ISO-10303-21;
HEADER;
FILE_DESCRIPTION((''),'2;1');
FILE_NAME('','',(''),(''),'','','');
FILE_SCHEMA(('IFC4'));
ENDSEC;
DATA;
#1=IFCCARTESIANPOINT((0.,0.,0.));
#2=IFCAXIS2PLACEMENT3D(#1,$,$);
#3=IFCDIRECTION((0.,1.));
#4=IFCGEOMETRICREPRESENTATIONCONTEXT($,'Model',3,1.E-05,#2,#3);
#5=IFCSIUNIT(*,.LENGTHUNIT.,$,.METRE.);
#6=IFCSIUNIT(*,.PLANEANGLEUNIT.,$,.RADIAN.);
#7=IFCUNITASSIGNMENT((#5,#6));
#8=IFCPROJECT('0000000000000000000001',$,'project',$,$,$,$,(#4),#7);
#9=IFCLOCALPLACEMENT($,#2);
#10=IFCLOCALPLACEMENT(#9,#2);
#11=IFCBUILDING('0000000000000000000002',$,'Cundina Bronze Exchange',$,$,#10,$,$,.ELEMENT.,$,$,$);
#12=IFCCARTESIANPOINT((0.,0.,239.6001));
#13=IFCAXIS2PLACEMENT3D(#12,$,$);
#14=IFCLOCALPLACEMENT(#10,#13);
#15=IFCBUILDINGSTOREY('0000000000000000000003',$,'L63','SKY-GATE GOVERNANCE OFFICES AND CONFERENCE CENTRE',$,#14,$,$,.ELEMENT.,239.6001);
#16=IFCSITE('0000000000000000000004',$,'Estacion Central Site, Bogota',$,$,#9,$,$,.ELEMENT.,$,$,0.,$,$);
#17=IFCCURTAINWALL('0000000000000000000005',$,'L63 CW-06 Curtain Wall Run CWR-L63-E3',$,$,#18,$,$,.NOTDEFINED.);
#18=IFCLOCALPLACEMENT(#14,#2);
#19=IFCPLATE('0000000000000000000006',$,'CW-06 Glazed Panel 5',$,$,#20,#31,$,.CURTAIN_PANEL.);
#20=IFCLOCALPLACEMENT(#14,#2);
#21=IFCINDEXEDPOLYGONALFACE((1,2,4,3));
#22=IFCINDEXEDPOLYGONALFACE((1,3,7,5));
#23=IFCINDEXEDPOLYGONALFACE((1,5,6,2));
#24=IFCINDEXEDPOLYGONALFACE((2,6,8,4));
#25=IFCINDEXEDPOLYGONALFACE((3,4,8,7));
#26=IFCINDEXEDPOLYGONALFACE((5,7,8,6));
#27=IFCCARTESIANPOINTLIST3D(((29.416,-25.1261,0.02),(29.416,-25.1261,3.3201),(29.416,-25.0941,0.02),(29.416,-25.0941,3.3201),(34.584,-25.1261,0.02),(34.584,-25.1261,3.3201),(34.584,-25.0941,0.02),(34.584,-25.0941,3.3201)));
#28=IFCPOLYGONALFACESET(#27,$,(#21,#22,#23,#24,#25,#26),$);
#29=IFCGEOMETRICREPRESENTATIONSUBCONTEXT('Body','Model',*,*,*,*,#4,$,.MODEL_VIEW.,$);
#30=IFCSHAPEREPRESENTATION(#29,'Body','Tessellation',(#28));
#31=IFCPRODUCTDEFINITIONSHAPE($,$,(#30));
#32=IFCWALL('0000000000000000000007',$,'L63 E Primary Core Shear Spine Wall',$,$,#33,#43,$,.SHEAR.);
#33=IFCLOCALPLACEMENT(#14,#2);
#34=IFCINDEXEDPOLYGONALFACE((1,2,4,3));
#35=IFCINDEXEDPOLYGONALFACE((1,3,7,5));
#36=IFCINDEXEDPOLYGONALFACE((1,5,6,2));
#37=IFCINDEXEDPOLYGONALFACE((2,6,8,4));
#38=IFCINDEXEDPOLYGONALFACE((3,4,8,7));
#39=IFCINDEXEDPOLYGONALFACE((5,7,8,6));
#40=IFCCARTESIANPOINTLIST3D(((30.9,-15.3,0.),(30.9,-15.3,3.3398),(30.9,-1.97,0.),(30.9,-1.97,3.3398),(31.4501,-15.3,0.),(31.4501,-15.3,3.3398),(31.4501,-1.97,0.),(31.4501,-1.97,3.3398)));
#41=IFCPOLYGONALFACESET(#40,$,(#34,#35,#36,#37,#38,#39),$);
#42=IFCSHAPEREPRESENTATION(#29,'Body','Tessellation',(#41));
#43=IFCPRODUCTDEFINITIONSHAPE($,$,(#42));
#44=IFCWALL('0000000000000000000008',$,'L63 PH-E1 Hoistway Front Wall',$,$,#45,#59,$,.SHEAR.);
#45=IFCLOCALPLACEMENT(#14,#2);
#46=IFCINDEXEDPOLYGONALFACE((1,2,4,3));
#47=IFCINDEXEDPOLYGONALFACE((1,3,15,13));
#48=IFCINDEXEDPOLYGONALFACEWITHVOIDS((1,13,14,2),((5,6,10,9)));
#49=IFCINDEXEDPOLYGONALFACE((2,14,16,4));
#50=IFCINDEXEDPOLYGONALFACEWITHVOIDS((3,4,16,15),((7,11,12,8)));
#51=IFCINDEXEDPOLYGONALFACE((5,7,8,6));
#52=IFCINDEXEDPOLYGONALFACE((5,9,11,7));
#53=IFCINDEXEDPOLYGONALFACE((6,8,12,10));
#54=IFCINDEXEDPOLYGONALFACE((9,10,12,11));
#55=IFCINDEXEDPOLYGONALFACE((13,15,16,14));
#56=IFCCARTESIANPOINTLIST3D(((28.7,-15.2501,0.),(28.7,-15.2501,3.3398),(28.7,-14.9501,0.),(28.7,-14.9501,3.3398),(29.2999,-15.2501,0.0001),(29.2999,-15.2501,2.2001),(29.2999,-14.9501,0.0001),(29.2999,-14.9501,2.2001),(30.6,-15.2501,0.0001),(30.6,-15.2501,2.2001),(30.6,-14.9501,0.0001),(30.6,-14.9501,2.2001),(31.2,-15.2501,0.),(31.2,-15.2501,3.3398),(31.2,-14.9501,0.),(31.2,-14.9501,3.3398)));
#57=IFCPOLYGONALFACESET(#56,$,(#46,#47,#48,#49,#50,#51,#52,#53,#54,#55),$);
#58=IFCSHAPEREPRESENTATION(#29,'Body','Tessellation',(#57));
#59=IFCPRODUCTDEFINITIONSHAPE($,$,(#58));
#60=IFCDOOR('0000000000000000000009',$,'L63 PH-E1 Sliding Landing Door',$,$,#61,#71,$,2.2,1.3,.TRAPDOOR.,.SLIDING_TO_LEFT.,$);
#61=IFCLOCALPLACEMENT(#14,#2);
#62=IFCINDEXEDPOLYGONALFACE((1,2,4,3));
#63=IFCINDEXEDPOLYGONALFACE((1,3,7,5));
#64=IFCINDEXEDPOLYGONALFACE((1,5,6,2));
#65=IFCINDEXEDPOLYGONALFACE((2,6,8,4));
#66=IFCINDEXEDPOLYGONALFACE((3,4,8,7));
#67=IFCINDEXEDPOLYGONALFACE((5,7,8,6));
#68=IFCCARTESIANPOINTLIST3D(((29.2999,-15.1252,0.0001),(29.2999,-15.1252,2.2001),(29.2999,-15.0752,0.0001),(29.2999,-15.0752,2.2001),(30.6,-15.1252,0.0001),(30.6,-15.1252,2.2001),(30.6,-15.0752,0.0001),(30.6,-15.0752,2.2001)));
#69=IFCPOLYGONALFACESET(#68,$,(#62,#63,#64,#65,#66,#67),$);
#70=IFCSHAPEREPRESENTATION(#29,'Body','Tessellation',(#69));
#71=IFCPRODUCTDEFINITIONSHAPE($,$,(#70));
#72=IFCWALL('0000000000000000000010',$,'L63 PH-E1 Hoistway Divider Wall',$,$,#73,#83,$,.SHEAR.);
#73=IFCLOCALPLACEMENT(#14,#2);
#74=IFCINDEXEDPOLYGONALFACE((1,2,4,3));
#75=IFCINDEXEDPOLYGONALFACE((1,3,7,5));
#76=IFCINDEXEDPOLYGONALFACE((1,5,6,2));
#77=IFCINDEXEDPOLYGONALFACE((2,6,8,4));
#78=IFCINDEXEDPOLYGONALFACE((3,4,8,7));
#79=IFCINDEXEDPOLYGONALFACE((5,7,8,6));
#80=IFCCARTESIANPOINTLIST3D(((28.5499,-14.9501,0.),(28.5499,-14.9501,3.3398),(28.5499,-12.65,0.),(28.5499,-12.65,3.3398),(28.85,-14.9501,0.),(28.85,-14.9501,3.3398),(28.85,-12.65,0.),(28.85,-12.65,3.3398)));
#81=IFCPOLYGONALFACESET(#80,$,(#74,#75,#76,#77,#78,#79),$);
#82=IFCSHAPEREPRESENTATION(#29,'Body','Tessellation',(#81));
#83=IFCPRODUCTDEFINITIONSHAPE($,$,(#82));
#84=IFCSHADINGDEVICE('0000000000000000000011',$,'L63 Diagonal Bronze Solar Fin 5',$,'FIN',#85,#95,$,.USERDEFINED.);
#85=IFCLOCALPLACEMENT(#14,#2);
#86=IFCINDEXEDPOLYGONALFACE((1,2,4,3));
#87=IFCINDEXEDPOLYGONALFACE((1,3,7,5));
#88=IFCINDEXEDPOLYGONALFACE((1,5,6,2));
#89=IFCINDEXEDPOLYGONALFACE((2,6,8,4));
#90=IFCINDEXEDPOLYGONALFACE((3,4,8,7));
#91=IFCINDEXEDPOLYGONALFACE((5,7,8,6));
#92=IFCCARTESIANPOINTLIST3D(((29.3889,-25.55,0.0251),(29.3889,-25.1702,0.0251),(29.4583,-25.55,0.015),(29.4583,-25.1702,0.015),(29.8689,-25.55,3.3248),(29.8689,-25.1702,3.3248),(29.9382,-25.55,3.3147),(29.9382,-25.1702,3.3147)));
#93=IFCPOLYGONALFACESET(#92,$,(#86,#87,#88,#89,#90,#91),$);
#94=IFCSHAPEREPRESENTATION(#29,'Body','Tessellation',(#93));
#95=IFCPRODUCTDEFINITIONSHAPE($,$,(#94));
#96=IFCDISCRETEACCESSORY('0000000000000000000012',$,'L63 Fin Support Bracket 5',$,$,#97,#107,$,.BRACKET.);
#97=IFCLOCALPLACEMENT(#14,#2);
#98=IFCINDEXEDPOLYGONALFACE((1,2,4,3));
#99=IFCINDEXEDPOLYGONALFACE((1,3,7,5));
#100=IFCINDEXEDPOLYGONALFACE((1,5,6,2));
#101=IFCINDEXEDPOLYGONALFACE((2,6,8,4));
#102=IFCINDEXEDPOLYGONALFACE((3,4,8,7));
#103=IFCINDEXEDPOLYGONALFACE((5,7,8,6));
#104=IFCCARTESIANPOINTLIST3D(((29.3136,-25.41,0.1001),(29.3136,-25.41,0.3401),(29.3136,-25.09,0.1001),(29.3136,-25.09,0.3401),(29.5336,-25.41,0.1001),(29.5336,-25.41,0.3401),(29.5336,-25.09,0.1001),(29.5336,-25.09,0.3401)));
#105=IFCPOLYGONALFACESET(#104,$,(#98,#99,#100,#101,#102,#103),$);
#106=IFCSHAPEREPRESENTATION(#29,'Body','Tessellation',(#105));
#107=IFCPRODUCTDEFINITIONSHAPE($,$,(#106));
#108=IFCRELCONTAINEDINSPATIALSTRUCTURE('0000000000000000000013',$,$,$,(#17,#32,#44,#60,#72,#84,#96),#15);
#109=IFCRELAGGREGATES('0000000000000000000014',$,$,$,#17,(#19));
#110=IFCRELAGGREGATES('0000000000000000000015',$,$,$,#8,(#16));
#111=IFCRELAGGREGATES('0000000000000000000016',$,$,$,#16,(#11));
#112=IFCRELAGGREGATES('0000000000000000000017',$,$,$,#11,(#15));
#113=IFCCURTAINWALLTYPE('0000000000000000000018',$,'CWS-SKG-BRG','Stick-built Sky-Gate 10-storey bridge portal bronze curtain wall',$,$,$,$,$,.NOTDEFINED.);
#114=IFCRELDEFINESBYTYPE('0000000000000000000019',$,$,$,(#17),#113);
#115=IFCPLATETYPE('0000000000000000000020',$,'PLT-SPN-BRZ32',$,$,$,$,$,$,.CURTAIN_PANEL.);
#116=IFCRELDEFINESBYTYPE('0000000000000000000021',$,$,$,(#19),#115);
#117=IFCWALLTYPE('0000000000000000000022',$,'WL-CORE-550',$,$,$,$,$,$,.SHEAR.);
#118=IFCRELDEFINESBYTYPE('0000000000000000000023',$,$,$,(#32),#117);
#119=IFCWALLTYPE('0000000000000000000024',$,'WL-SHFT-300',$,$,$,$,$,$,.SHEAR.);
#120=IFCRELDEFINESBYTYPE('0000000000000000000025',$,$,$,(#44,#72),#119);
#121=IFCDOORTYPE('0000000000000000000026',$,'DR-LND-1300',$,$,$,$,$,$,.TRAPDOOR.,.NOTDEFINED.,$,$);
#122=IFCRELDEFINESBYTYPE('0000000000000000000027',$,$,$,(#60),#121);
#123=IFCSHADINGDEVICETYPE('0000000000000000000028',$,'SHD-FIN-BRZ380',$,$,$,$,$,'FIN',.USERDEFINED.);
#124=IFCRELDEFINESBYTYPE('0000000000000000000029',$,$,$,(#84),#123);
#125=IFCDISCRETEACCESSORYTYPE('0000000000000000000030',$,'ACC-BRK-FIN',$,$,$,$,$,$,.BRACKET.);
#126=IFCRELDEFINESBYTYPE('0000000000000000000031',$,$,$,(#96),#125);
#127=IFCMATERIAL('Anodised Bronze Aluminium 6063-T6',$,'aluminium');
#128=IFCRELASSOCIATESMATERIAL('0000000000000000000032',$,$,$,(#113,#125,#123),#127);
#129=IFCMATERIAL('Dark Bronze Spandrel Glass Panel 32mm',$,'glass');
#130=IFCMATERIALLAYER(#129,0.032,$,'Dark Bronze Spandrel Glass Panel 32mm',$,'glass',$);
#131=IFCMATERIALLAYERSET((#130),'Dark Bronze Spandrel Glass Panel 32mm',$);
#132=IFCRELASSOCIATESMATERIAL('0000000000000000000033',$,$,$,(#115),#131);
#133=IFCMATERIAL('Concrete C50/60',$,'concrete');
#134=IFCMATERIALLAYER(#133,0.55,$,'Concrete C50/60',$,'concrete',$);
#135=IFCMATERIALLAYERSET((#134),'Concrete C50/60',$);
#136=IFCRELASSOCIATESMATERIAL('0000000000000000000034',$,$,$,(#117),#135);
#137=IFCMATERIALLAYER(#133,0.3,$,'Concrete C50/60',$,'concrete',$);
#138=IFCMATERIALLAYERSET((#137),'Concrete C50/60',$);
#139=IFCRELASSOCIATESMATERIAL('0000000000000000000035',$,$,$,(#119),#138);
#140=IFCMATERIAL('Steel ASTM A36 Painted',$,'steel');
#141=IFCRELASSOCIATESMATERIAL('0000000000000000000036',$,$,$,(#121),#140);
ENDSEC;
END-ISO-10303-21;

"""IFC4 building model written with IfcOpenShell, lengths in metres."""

from ifc_helpers import new_model, si_unit, direction, frame, frame_2d, origin, origin_2d, place, context, subcontext, project, spatial, rectangle, extrude, material, layer, layer_set, material_profile, profile_set, type_object, element, fill, aggregate, save


model = new_model("IFC4")

# Units and contexts
model_context = context("Model", 3, precision=1e-05, world=origin(), true_north=direction((0.0, 1.0)))
body_context = subcontext(model_context, "Body", "Model", "MODEL_VIEW")
ifc_project = project(units=[si_unit("LENGTHUNIT", "METRE"), si_unit("PLANEANGLEUNIT", "RADIAN")], contexts=[model_context])

# Site, building, storey
site_placement = place(None, origin())
site = spatial("IfcSite", under=ifc_project, at=site_placement, Name="Estacion Central Site, Bogota", CompositionType="ELEMENT", RefElevation=0.0)
building_placement = place(site_placement, origin())
building = spatial("IfcBuilding", under=site, at=building_placement, Name="Cundina Bronze Exchange", CompositionType="ELEMENT")
storey_placement = place(building_placement, frame((0.0, 0.0, 239.6001)))
storey = spatial("IfcBuildingStorey", under=building, at=storey_placement, Name="L63", Description="SKY-GATE GOVERNANCE OFFICES AND CONFERENCE CENTRE", CompositionType="ELEMENT", Elevation=239.6001)

# Shared definitions
ifc_material_1 = material(Name="Concrete C50/60", Category="concrete")

# Curtain wall, plate
ifc_material_2 = material(Name="Anodised Bronze Aluminium 6063-T6", Category="aluminium")
curtain_wall_type = type_object("IfcCurtainWallType", Name="CWS-SKG-BRG", Description="Stick-built Sky-Gate 10-storey bridge portal bronze curtain wall", PredefinedType="NOTDEFINED", material=ifc_material_2)
curtain_wall_placement = place(storey_placement, origin())
curtain_wall = element("IfcCurtainWall", 1, at=curtain_wall_placement, inside=storey, type_object=curtain_wall_type, Name="L63 CW-06 Curtain Wall Run CWR-L63-E3", PredefinedType="NOTDEFINED")
ifc_material_3 = material(Name="Dark Bronze Spandrel Glass Panel 32mm", Category="glass")
ifc_layer_1 = layer(ifc_material_3, 0.032, Name="Dark Bronze Spandrel Glass Panel 32mm", Category="glass")
ifc_layer_set_1 = layer_set([ifc_layer_1], Name="Dark Bronze Spandrel Glass Panel 32mm")
plate_type = type_object("IfcPlateType", Name="PLT-SPN-BRZ32", PredefinedType="CURTAIN_PANEL", material=ifc_layer_set_1)
plate_placement = place(storey_placement, frame((32.0, -25.1101, 0.02), z_axis=(0.0, 0.0, 1.0), x_axis=(1.0, 0.0, 0.0)))
plate = element("IfcPlate", 2, at=plate_placement, type_object=plate_type, Name="CW-06 Glazed Panel 5", PredefinedType="CURTAIN_PANEL", context=body_context, shape_type="SweptSolid", body=[
    extrude(rectangle(XDim=5.168, YDim=0.032, at=origin_2d()), origin(), (0.0, 0.0, 1.0), 3.3),
])
aggregate(curtain_wall, [plate])

# Wall
ifc_layer_2 = layer(ifc_material_1, 0.55, Name="Concrete C50/60", Category="concrete")
ifc_layer_set_2 = layer_set([ifc_layer_2], Name="Concrete C50/60")
wall_type_1 = type_object("IfcWallType", Name="WL-CORE-550", PredefinedType="SHEAR", material=ifc_layer_set_2)
wall_1_placement = place(storey_placement, frame((31.175, -15.3, 0.0), z_axis=(0.0, 0.0, 1.0), x_axis=(0.0, 1.0, 0.0)))
element("IfcWall", 3, at=wall_1_placement, inside=storey, type_object=wall_type_1, Name="L63 E Primary Core Shear Spine Wall", PredefinedType="SHEAR", context=body_context, shape_type="SweptSolid", body=[
    extrude(rectangle(XDim=13.3301, YDim=0.55, at=frame_2d((6.665, 0.0))), origin(), (0.0, 0.0, 1.0), 3.3398),
])

# Wall, opening, door
ifc_layer_3 = layer(ifc_material_1, 0.3, Name="Concrete C50/60", Category="concrete")
ifc_layer_set_3 = layer_set([ifc_layer_3], Name="Concrete C50/60")
wall_type_2 = type_object("IfcWallType", Name="WL-SHFT-300", PredefinedType="SHEAR", material=ifc_layer_set_3)
wall_2_placement = place(storey_placement, frame((28.7, -15.1001, 0.0), z_axis=(0.0, 0.0, 1.0), x_axis=(1.0, 0.0, 0.0)))
wall_2 = element("IfcWall", 4, at=wall_2_placement, inside=storey, type_object=wall_type_2, Name="L63 PH-E1 Hoistway Front Wall", PredefinedType="SHEAR", context=body_context, shape_type="SweptSolid", body=[
    extrude(rectangle(XDim=2.5, YDim=0.3, at=frame_2d((1.25, 0.0))), origin(), (0.0, 0.0, 1.0), 3.3398),
])
opening_1_placement = place(wall_2_placement, frame((0.6001, 0.0, 0.0)))
opening_1 = element("IfcOpeningElement", 5, at=opening_1_placement, cuts=wall_2, PredefinedType="OPENING", context=body_context, shape_type="SweptSolid", body=[
    extrude(rectangle(XDim=1.3, YDim=2.2, at=frame_2d((0.6499, 1.1001))), frame((0.0, 0.1599, 0.0), z_axis=(0.0, -1.0, 0.0), x_axis=(1.0, 0.0, 0.0)), (0.0, 0.0, 1.0), 0.3201),
])
ifc_material_4 = material(Name="Steel ASTM A36 Painted", Category="steel")
door_type_1 = type_object("IfcDoorType", Name="DR-LND-1300", OperationType="NOTDEFINED", PredefinedType="TRAPDOOR", material=ifc_material_4)
door_1_placement = place(opening_1_placement, origin())
door_1 = element("IfcDoor", 6, at=door_1_placement, inside=storey, type_object=door_type_1, Name="L63 PH-E1 Sliding Landing Door", OperationType="SLIDING_TO_LEFT", OverallHeight=2.2, OverallWidth=1.3, PredefinedType="TRAPDOOR", context=body_context, shape_type="SweptSolid", body=[
    extrude(rectangle(XDim=1.3, YDim=2.2, at=frame_2d((0.6499, 1.1001))), frame((0.0, 0.0249, 0.0), z_axis=(0.0, -1.0, 0.0), x_axis=(1.0, 0.0, 0.0)), (0.0, 0.0, 1.0), 0.05),
])
fill(opening_1, door_1)

# Wall
wall_3_placement = place(storey_placement, frame((28.7, -14.95, 0.0), z_axis=(0.0, 0.0, 1.0), x_axis=(0.0, 1.0, 0.0)))
element("IfcWall", 7, at=wall_3_placement, inside=storey, type_object=wall_type_2, Name="L63 PH-E1 Hoistway Divider Wall", PredefinedType="SHEAR", context=body_context, shape_type="SweptSolid", body=[
    extrude(rectangle(XDim=2.3, YDim=0.3, at=frame_2d((1.1499, 0.0))), origin(), (0.0, 0.0, 1.0), 3.3398),
])

# Shading device
ifc_material_profile_1 = material_profile(ifc_material_2, rectangle(XDim=0.0701, YDim=0.3799, at=origin_2d()), Name="FIN70X380", Category="aluminium")
ifc_profile_set_1 = profile_set([ifc_material_profile_1], Name="Anodised Bronze Aluminium 6063-T6")
shading_device_type = type_object("IfcShadingDeviceType", Name="SHD-FIN-BRZ380", ElementType="FIN", PredefinedType="USERDEFINED", material=ifc_profile_set_1)
shading_device_placement = place(storey_placement, frame((29.4236, -25.3601, 0.02), z_axis=(0.143942, 0.0, 0.989586), x_axis=(-0.989586, 0.0, 0.143942)))
element("IfcShadingDevice", 8, at=shading_device_placement, inside=storey, type_object=shading_device_type, Name="L63 Diagonal Bronze Solar Fin 5", ObjectType="FIN", PredefinedType="USERDEFINED", context=body_context, shape_type="SweptSolid", body=[
    extrude(rectangle(XDim=0.0701, YDim=0.3799, at=origin_2d()), origin(), (0.0, 0.0, 1.0), 3.3345),
])

# Discrete accessory
discrete_accessory_type = type_object("IfcDiscreteAccessoryType", Name="ACC-BRK-FIN", PredefinedType="BRACKET", material=ifc_material_2)
discrete_accessory_placement = place(storey_placement, frame((29.4236, -25.25, 0.1001), z_axis=(0.0, 0.0, 1.0), x_axis=(1.0, 0.0, 0.0)))
element("IfcDiscreteAccessory", 9, at=discrete_accessory_placement, inside=storey, type_object=discrete_accessory_type, Name="L63 Fin Support Bracket 5", PredefinedType="BRACKET", context=body_context, shape_type="SweptSolid", body=[
    extrude(rectangle(XDim=0.22, YDim=0.3201, at=origin_2d()), origin(), (0.0, 0.0, 1.0), 0.24),
])

save(model, "model.ifc")
